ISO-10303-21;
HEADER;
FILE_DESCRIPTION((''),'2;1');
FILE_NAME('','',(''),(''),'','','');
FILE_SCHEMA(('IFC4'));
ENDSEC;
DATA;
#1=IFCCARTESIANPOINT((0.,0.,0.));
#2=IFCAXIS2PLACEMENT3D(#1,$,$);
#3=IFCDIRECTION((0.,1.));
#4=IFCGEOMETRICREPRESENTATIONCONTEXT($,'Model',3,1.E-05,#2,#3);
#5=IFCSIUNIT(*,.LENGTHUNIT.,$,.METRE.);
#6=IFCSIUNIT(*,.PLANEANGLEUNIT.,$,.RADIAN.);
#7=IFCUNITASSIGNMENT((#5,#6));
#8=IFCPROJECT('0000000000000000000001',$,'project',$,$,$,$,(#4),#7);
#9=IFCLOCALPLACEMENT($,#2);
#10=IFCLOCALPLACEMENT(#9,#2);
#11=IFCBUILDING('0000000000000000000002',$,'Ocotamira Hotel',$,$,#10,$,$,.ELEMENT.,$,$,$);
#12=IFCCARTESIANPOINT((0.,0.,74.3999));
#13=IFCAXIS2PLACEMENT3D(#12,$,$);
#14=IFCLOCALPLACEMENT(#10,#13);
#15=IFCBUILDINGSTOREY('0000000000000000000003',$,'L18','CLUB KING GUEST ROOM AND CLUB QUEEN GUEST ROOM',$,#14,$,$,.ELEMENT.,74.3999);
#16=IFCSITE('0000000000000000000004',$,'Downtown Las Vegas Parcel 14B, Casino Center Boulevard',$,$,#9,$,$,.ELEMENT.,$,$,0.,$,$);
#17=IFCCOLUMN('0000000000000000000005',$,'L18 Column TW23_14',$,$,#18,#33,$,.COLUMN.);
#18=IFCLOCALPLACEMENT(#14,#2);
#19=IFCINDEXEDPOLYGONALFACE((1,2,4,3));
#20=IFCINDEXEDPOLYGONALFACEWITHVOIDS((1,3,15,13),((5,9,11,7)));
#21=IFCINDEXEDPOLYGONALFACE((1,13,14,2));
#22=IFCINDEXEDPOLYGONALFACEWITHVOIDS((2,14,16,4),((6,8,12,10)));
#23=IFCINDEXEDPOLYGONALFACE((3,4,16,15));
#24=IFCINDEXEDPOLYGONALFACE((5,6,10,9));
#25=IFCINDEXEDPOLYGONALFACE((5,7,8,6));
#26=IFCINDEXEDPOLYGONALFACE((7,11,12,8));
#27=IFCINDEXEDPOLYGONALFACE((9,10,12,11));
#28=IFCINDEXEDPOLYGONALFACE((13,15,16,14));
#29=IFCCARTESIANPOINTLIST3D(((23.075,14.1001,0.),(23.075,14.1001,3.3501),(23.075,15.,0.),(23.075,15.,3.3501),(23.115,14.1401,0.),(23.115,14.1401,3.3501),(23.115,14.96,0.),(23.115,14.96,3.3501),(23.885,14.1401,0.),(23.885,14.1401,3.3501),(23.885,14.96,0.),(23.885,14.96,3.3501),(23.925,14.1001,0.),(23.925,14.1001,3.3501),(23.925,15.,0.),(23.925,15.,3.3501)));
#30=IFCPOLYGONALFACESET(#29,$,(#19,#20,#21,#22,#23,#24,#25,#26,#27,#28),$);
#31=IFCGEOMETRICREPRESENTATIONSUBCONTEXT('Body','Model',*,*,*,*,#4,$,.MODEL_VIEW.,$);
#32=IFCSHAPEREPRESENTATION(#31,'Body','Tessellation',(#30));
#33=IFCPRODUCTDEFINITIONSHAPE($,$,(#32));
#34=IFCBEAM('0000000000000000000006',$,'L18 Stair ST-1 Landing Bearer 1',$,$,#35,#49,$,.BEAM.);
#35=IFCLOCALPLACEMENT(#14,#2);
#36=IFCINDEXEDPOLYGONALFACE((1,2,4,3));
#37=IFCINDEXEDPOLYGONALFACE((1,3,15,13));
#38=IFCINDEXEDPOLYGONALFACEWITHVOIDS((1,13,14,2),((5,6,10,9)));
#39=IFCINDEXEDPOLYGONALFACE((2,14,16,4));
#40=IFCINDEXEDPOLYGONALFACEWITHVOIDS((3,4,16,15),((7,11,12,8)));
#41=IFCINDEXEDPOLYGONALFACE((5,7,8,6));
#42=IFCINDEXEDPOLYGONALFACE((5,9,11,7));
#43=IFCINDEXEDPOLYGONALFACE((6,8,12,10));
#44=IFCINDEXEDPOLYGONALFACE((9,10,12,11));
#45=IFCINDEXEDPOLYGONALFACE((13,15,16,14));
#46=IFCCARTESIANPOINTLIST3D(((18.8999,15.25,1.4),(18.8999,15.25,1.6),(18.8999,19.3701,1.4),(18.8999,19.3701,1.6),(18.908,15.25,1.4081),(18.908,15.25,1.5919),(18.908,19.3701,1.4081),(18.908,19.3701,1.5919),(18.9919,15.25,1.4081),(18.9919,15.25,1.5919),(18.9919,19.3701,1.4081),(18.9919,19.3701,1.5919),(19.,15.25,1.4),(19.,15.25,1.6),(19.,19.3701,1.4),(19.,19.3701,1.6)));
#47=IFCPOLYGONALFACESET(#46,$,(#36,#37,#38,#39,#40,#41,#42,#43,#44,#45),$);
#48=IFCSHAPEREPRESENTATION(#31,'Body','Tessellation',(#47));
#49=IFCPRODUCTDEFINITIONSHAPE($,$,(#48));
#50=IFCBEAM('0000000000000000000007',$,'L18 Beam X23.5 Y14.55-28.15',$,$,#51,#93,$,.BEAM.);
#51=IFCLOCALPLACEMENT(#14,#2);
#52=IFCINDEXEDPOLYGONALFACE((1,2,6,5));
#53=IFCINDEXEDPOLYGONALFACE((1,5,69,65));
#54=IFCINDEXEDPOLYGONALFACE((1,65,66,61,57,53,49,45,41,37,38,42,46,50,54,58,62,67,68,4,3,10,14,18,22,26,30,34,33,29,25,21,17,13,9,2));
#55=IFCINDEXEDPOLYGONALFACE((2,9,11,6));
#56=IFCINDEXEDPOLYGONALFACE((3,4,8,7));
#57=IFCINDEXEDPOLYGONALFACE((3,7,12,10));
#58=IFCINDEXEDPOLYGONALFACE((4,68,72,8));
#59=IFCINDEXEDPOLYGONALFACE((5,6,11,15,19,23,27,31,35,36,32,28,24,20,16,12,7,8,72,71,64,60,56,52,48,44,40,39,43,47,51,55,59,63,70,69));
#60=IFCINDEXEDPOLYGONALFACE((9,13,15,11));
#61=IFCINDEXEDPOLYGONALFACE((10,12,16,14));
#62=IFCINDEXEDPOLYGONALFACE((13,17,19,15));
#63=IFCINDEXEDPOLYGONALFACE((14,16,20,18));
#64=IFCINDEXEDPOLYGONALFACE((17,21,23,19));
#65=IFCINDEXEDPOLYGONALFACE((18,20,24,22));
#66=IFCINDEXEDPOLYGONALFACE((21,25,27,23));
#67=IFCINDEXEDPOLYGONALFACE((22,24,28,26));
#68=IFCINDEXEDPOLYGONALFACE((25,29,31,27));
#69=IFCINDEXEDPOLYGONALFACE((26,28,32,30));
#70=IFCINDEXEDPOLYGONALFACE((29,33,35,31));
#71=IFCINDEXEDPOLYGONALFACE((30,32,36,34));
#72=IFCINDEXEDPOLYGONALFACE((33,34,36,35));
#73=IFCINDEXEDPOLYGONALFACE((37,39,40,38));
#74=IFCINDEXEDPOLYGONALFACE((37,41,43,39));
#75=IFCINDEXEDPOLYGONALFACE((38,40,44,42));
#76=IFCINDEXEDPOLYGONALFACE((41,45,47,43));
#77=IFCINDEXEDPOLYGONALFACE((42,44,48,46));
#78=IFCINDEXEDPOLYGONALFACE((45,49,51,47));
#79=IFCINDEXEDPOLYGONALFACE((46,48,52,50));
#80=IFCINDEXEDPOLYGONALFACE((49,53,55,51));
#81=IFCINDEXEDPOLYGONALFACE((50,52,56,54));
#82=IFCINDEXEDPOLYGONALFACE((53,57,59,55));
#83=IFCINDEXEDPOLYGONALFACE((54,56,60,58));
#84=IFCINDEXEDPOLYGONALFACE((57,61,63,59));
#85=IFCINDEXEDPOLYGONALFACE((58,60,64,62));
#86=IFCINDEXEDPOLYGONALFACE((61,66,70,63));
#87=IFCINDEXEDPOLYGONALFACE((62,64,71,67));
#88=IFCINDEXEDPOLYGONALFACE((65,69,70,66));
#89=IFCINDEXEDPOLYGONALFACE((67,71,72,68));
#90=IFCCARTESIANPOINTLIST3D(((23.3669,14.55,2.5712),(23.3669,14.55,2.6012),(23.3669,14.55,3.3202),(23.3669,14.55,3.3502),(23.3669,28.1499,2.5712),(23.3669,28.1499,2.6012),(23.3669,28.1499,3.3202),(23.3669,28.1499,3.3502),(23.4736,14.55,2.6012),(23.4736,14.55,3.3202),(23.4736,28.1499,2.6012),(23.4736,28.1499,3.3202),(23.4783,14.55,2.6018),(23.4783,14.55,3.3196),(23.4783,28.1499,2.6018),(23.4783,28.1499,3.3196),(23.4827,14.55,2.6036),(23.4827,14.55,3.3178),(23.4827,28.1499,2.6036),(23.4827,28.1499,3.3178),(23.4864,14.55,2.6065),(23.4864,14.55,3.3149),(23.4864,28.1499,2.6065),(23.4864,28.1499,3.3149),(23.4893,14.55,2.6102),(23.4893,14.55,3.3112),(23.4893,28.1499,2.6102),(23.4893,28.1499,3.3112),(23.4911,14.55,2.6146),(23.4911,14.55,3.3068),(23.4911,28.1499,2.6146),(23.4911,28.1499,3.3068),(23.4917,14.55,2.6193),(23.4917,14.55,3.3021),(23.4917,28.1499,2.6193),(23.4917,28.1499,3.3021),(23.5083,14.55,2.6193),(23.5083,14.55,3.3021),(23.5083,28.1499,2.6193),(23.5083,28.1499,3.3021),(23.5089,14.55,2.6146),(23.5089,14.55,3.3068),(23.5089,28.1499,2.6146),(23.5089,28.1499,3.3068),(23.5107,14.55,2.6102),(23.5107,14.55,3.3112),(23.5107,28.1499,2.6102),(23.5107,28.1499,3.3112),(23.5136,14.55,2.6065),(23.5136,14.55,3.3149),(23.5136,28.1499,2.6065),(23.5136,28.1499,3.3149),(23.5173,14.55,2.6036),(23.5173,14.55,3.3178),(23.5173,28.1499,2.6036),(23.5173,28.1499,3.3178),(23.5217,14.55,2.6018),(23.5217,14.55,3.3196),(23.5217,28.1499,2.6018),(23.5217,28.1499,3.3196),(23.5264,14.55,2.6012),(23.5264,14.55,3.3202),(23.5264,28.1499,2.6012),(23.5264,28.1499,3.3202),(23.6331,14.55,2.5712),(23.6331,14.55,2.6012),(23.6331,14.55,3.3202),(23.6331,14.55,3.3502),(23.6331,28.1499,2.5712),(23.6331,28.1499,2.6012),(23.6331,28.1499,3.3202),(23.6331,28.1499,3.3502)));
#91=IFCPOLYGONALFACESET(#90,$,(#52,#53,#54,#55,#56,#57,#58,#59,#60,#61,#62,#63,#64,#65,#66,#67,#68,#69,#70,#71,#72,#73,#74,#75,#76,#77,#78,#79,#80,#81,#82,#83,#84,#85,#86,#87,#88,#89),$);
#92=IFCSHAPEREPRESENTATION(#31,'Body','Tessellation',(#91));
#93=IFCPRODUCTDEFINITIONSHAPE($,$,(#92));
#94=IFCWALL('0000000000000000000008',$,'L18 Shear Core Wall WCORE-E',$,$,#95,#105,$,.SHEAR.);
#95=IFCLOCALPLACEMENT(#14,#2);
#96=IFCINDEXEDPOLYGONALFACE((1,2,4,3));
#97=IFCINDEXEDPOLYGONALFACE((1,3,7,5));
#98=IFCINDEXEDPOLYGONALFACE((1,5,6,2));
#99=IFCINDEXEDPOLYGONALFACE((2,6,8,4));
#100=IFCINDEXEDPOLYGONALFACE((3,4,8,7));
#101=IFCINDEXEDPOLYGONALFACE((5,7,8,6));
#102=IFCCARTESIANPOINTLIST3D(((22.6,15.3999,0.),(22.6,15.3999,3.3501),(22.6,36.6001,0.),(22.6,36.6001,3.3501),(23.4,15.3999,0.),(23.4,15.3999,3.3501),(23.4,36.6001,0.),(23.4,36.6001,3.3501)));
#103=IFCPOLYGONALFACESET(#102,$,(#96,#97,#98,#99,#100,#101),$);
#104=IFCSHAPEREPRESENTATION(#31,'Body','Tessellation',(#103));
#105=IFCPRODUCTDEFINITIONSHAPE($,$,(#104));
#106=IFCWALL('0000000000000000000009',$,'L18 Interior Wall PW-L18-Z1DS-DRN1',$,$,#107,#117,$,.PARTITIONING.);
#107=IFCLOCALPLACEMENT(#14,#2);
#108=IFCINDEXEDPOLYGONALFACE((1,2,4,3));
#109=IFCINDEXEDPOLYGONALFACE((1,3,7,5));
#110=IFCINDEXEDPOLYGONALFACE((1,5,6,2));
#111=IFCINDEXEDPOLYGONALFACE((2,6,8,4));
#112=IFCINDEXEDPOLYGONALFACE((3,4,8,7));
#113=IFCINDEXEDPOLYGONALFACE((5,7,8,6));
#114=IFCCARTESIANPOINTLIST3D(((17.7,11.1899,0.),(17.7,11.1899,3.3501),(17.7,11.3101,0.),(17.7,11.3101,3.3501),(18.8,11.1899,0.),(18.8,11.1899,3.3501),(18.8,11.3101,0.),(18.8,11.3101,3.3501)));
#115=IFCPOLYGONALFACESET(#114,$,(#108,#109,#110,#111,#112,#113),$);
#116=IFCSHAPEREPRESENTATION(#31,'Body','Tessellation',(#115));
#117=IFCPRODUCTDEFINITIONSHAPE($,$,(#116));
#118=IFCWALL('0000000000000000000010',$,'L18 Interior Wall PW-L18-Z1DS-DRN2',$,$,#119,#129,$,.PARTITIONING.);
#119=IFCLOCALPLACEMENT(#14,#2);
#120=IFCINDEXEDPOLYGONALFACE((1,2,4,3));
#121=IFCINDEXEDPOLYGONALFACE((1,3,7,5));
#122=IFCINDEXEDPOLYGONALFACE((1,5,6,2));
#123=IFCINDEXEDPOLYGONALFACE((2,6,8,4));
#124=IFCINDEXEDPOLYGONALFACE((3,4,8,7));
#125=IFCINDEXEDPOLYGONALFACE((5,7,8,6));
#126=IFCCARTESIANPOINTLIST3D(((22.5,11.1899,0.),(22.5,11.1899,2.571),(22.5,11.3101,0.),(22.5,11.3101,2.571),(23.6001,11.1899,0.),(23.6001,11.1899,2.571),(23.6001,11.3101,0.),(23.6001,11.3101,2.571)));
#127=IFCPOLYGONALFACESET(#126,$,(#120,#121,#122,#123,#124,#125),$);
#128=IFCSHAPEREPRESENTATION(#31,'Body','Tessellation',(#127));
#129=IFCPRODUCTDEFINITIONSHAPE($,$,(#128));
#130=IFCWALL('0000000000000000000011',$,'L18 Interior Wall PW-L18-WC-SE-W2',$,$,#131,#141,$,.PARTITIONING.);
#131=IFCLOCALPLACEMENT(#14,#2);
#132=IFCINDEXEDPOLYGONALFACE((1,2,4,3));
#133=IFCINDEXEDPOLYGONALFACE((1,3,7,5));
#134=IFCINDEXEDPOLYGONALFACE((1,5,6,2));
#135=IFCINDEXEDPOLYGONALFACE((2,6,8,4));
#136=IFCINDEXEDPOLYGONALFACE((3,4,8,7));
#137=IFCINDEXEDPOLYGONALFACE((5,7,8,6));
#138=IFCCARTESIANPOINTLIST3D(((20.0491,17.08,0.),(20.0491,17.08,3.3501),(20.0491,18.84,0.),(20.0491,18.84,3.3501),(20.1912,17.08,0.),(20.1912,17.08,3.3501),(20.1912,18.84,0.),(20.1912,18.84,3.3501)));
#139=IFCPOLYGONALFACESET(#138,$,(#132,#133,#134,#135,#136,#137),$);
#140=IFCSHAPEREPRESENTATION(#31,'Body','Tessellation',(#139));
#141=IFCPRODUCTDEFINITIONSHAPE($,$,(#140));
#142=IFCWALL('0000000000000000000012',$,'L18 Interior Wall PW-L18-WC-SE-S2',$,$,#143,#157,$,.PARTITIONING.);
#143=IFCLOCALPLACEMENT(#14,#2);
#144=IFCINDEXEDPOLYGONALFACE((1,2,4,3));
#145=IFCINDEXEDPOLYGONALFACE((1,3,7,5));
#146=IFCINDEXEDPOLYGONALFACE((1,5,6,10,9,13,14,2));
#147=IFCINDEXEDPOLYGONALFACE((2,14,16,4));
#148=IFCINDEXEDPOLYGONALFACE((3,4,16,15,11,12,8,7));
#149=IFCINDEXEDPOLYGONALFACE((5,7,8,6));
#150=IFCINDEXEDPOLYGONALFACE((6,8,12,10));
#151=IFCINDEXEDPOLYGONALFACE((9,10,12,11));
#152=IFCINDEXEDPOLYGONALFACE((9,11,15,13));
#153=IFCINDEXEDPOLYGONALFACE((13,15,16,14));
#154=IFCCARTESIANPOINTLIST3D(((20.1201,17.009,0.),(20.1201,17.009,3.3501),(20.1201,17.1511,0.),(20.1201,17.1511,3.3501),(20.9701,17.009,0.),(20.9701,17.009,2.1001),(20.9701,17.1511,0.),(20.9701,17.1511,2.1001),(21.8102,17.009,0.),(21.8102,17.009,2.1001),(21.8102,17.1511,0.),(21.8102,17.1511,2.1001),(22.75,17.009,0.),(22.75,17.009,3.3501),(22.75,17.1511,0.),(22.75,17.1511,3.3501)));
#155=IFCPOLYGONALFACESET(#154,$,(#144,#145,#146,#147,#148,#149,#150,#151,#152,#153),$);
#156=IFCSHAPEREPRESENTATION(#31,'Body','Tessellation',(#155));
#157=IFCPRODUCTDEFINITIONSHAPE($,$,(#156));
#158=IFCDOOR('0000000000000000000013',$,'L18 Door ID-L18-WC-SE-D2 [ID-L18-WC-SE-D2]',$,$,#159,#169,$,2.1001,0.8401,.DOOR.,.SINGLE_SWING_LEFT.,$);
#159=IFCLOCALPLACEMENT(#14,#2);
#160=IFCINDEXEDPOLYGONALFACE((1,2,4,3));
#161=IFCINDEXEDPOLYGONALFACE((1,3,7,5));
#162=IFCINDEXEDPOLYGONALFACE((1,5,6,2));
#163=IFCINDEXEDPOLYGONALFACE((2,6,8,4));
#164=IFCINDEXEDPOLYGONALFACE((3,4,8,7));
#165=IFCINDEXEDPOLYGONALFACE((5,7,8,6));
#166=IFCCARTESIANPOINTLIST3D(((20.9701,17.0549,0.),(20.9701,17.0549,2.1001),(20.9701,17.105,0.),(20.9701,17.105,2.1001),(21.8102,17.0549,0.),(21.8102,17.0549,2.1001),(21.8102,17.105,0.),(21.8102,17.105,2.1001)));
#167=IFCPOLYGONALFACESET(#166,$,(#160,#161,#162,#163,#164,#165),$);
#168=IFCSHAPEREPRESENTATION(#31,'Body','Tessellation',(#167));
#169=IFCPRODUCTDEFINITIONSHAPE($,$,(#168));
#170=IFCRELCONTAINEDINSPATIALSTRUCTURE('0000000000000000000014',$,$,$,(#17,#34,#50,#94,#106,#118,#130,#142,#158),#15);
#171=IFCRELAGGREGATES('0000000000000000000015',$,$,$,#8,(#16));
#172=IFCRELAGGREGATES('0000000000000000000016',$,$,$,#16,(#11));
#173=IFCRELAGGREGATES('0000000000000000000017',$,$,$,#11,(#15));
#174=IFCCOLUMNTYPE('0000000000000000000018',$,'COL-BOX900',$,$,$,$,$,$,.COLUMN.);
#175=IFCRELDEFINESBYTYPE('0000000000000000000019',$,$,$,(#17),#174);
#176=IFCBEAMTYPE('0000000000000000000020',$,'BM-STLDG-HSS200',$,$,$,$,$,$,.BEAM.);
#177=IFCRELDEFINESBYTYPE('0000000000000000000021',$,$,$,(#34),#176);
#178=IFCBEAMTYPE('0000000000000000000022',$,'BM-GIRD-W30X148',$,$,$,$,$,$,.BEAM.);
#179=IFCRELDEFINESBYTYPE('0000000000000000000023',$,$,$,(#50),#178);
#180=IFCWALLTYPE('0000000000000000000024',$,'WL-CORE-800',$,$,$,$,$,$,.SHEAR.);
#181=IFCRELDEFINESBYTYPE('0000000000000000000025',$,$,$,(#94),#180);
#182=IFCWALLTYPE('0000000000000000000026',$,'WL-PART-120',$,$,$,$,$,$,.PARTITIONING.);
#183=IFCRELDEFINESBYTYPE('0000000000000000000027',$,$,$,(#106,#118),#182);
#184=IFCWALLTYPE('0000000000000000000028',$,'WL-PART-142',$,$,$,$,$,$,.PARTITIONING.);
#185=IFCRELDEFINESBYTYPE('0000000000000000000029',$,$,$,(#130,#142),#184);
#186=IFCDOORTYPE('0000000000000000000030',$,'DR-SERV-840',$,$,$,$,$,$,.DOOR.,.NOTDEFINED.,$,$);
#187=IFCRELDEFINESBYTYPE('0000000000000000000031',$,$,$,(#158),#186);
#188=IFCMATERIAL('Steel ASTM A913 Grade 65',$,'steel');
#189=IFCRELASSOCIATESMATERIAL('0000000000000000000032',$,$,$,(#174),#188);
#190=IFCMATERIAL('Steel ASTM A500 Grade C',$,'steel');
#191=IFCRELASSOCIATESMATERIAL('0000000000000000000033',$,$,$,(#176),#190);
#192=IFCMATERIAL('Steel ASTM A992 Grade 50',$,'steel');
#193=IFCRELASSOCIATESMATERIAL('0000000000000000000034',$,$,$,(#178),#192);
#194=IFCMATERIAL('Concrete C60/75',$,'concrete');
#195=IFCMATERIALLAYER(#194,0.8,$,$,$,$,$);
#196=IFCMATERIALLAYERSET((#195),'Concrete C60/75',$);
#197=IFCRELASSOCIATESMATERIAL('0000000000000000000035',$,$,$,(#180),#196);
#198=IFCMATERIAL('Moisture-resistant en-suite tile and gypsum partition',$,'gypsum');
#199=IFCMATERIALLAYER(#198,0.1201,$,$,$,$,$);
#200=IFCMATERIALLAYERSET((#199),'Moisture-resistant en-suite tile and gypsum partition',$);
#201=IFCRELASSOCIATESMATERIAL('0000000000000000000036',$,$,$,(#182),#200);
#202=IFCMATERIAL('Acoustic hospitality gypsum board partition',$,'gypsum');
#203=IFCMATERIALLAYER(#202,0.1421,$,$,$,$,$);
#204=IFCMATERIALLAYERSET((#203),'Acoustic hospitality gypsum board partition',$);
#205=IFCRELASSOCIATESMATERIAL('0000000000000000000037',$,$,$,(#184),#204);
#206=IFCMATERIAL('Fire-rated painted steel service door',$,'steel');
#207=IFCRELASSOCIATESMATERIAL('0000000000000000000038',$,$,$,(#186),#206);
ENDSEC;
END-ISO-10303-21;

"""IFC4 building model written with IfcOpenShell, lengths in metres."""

from ifc_helpers import new_model, si_unit, direction, frame, frame_2d, origin, origin_2d, place, context, subcontext, project, spatial, rectangle, hollow_rectangle, i_section, extrude, source, transform, mapped, material, layer, layer_set, material_profile, profile_set, type_object, element, fill, save


model = new_model("IFC4")

# Units and contexts
model_context = context("Model", 3, precision=1e-05, world=origin(), true_north=direction((0.0, 1.0)))
body_context = subcontext(model_context, "Body", "Model", "MODEL_VIEW")
ifc_project = project(units=[si_unit("LENGTHUNIT", "METRE"), si_unit("PLANEANGLEUNIT", "RADIAN")], contexts=[model_context])

# Site, building, storey
site_placement = place(None, origin())
site = spatial("IfcSite", under=ifc_project, at=site_placement, Name="Downtown Las Vegas Parcel 14B, Casino Center Boulevard", CompositionType="ELEMENT", RefElevation=0.0)
building_placement = place(site_placement, origin())
building = spatial("IfcBuilding", under=site, at=building_placement, Name="Ocotamira Hotel", CompositionType="ELEMENT")
storey_placement = place(building_placement, frame((0.0, 0.0, 74.3999)))
storey = spatial("IfcBuildingStorey", under=building, at=storey_placement, Name="L18", Description="CLUB KING GUEST ROOM AND CLUB QUEEN GUEST ROOM", CompositionType="ELEMENT", Elevation=74.3999)

# Column
ifc_material_1 = material(Name="Steel ASTM A913 Grade 65", Category="steel")
ifc_material_profile_1 = material_profile(ifc_material_1, hollow_rectangle(XDim=0.8501, YDim=0.8999, WallThickness=0.04, at=origin_2d()), Name="BOX900X850X40")
ifc_profile_set_1 = profile_set([ifc_material_profile_1], Name="Steel ASTM A913 Grade 65")
column_type = type_object("IfcColumnType", Name="COL-BOX900", PredefinedType="COLUMN", material=ifc_profile_set_1)
shared_shape_1 = source(origin(), body_context, "Body", "SweptSolid", [
    extrude(hollow_rectangle(XDim=0.8501, YDim=0.8999, WallThickness=0.04, at=origin_2d()), origin(), (0.0, 0.0, 1.0), 3.3501),
])
column_placement = place(storey_placement, frame((23.5, 14.55, 0.0), z_axis=(0.0, 0.0, 1.0), x_axis=(1.0, 0.0, 0.0)))
element("IfcColumn", 1, at=column_placement, inside=storey, type_object=column_type, Name="L18 Column TW23_14", PredefinedType="COLUMN", context=body_context, shape_type="MappedRepresentation", body=[
    mapped(shared_shape_1, transform((0.0, 0.0, 0.0), scale=1.0)),
])

# Beams
ifc_material_2 = material(Name="Steel ASTM A500 Grade C", Category="steel")
ifc_material_profile_2 = material_profile(ifc_material_2, hollow_rectangle(XDim=0.1001, YDim=0.2, WallThickness=0.0081, at=origin_2d()), Name="HSS200X100X8")
ifc_profile_set_2 = profile_set([ifc_material_profile_2], Name="Steel ASTM A500 Grade C")
beam_type_1 = type_object("IfcBeamType", Name="BM-STLDG-HSS200", PredefinedType="BEAM", material=ifc_profile_set_2)
shared_shape_2 = source(origin(), body_context, "Body", "SweptSolid", [
    extrude(hollow_rectangle(XDim=0.1001, YDim=0.2, WallThickness=0.0081, at=origin_2d()), origin(), (0.0, 0.0, 1.0), 4.1201),
])
beam_1_placement = place(storey_placement, frame((18.95, 15.25, 1.5), z_axis=(0.0, 1.0, 0.0), x_axis=(-1.0, 0.0, 0.0)))
element("IfcBeam", 2, at=beam_1_placement, inside=storey, type_object=beam_type_1, Name="L18 Stair ST-1 Landing Bearer 1", PredefinedType="BEAM", context=body_context, shape_type="MappedRepresentation", body=[
    mapped(shared_shape_2, transform((0.0, 0.0, 0.0), scale=1.0)),
])
ifc_material_3 = material(Name="Steel ASTM A992 Grade 50", Category="steel")
ifc_material_profile_3 = material_profile(ifc_material_3, i_section(OverallWidth=0.2661, OverallDepth=0.7791, WebThickness=0.0166, FlangeThickness=0.03, FilletRadius=0.0181, at=origin_2d()), Name="W30X148")
ifc_profile_set_3 = profile_set([ifc_material_profile_3], Name="Steel ASTM A992 Grade 50")
beam_type_2 = type_object("IfcBeamType", Name="BM-GIRD-W30X148", PredefinedType="BEAM", material=ifc_profile_set_3)
shared_shape_3 = source(origin(), body_context, "Body", "SweptSolid", [
    extrude(i_section(OverallWidth=0.2661, OverallDepth=0.7791, WebThickness=0.0166, FlangeThickness=0.03, FilletRadius=0.0181, at=origin_2d()), origin(), (0.0, 0.0, 1.0), 13.5999),
])
beam_2_placement = place(storey_placement, frame((23.5, 14.55, 2.9607), z_axis=(0.0, 1.0, 0.0), x_axis=(-1.0, 0.0, 0.0)))
element("IfcBeam", 3, at=beam_2_placement, inside=storey, type_object=beam_type_2, Name="L18 Beam X23.5 Y14.55-28.15", PredefinedType="BEAM", context=body_context, shape_type="MappedRepresentation", body=[
    mapped(shared_shape_3, transform((0.0, 0.0, 0.0), scale=1.0)),
])

# Wall
ifc_material_4 = material(Name="Concrete C60/75", Category="concrete")
ifc_layer_1 = layer(ifc_material_4, 0.8)
ifc_layer_set_1 = layer_set([ifc_layer_1], Name="Concrete C60/75")
wall_type_1 = type_object("IfcWallType", Name="WL-CORE-800", PredefinedType="SHEAR", material=ifc_layer_set_1)
wall_1_placement = place(storey_placement, frame((23.0, 15.3999, 0.0), z_axis=(0.0, 0.0, 1.0), x_axis=(0.0, 1.0, 0.0)))
element("IfcWall", 4, at=wall_1_placement, inside=storey, type_object=wall_type_1, Name="L18 Shear Core Wall WCORE-E", PredefinedType="SHEAR", context=body_context, shape_type="SweptSolid", body=[
    extrude(rectangle(XDim=21.2002, YDim=0.8, at=frame_2d((10.6001, 0.0))), origin(), (0.0, 0.0, 1.0), 3.3501),
])

# Walls
ifc_material_5 = material(Name="Moisture-resistant en-suite tile and gypsum partition", Category="gypsum")
ifc_layer_2 = layer(ifc_material_5, 0.1201)
ifc_layer_set_2 = layer_set([ifc_layer_2], Name="Moisture-resistant en-suite tile and gypsum partition")
wall_type_2 = type_object("IfcWallType", Name="WL-PART-120", PredefinedType="PARTITIONING", material=ifc_layer_set_2)
wall_2_placement = place(storey_placement, frame((17.7, 11.25, 0.0), z_axis=(0.0, 0.0, 1.0), x_axis=(1.0, 0.0, 0.0)))
element("IfcWall", 5, at=wall_2_placement, inside=storey, type_object=wall_type_2, Name="L18 Interior Wall PW-L18-Z1DS-DRN1", PredefinedType="PARTITIONING", context=body_context, shape_type="SweptSolid", body=[
    extrude(rectangle(XDim=1.1001, YDim=0.1201, at=frame_2d((0.55, 0.0))), origin(), (0.0, 0.0, 1.0), 3.3501),
])
wall_3_placement = place(storey_placement, frame((22.5, 11.25, 0.0), z_axis=(0.0, 0.0, 1.0), x_axis=(1.0, 0.0, 0.0)))
element("IfcWall", 6, at=wall_3_placement, inside=storey, type_object=wall_type_2, Name="L18 Interior Wall PW-L18-Z1DS-DRN2", PredefinedType="PARTITIONING", context=body_context, shape_type="SweptSolid", body=[
    extrude(rectangle(XDim=1.1001, YDim=0.1201, at=frame_2d((0.55, 0.0))), origin(), (0.0, 0.0, 1.0), 2.571),
])
ifc_material_6 = material(Name="Acoustic hospitality gypsum board partition", Category="gypsum")
ifc_layer_3 = layer(ifc_material_6, 0.1421)
ifc_layer_set_3 = layer_set([ifc_layer_3], Name="Acoustic hospitality gypsum board partition")
wall_type_3 = type_object("IfcWallType", Name="WL-PART-142", PredefinedType="PARTITIONING", material=ifc_layer_set_3)
wall_4_placement = place(storey_placement, frame((20.1201, 17.0801, 0.0), z_axis=(0.0, 0.0, 1.0), x_axis=(0.0, 1.0, 0.0)))
element("IfcWall", 7, at=wall_4_placement, inside=storey, type_object=wall_type_3, Name="L18 Interior Wall PW-L18-WC-SE-W2", PredefinedType="PARTITIONING", context=body_context, shape_type="SweptSolid", body=[
    extrude(rectangle(XDim=1.76, YDim=0.1421, at=frame_2d((0.8799, 0.0))), origin(), (0.0, 0.0, 1.0), 3.3501),
])

# Wall, opening, door
wall_5_placement = place(storey_placement, frame((20.1201, 17.0801, 0.0), z_axis=(0.0, 0.0, 1.0), x_axis=(1.0, 0.0, 0.0)))
wall_5 = element("IfcWall", 8, at=wall_5_placement, inside=storey, type_object=wall_type_3, Name="L18 Interior Wall PW-L18-WC-SE-S2", PredefinedType="PARTITIONING", context=body_context, shape_type="SweptSolid", body=[
    extrude(rectangle(XDim=2.6299, YDim=0.1421, at=frame_2d((1.3149, 0.0))), origin(), (0.0, 0.0, 1.0), 3.3501),
])
opening_1_placement = place(wall_5_placement, frame((0.8501, 0.0, 0.0)))
opening_1 = element("IfcOpeningElement", 9, at=opening_1_placement, cuts=wall_5, PredefinedType="OPENING", context=body_context, shape_type="SweptSolid", body=[
    extrude(rectangle(XDim=0.8401, YDim=2.1001, at=frame_2d((0.4199, 1.05))), frame((0.0, 0.0811, 0.0), z_axis=(0.0, -1.0, 0.0), x_axis=(1.0, 0.0, 0.0)), (0.0, 0.0, 1.0), 0.1621),
])
ifc_material_7 = material(Name="Fire-rated painted steel service door", Category="steel")
door_type_1 = type_object("IfcDoorType", Name="DR-SERV-840", OperationType="NOTDEFINED", PredefinedType="DOOR", material=ifc_material_7)
shared_shape_4 = source(origin(), body_context, "Body", "SweptSolid", [
    extrude(rectangle(XDim=0.8401, YDim=2.1001, at=frame_2d((0.4199, 1.05))), frame((0.0, 0.0249, 0.0), z_axis=(0.0, -1.0, 0.0), x_axis=(1.0, 0.0, 0.0)), (0.0, 0.0, 1.0), 0.05),
])
door_1_placement = place(opening_1_placement, origin())
door_1 = element("IfcDoor", 10, at=door_1_placement, inside=storey, type_object=door_type_1, Name="L18 Door ID-L18-WC-SE-D2 [ID-L18-WC-SE-D2]", OperationType="SINGLE_SWING_LEFT", OverallHeight=2.1001, OverallWidth=0.8401, PredefinedType="DOOR", context=body_context, shape_type="MappedRepresentation", body=[
    mapped(shared_shape_4, transform((0.0, 0.0, 0.0), scale=1.0)),
])
fill(opening_1, door_1)

save(model, "model.ifc")
